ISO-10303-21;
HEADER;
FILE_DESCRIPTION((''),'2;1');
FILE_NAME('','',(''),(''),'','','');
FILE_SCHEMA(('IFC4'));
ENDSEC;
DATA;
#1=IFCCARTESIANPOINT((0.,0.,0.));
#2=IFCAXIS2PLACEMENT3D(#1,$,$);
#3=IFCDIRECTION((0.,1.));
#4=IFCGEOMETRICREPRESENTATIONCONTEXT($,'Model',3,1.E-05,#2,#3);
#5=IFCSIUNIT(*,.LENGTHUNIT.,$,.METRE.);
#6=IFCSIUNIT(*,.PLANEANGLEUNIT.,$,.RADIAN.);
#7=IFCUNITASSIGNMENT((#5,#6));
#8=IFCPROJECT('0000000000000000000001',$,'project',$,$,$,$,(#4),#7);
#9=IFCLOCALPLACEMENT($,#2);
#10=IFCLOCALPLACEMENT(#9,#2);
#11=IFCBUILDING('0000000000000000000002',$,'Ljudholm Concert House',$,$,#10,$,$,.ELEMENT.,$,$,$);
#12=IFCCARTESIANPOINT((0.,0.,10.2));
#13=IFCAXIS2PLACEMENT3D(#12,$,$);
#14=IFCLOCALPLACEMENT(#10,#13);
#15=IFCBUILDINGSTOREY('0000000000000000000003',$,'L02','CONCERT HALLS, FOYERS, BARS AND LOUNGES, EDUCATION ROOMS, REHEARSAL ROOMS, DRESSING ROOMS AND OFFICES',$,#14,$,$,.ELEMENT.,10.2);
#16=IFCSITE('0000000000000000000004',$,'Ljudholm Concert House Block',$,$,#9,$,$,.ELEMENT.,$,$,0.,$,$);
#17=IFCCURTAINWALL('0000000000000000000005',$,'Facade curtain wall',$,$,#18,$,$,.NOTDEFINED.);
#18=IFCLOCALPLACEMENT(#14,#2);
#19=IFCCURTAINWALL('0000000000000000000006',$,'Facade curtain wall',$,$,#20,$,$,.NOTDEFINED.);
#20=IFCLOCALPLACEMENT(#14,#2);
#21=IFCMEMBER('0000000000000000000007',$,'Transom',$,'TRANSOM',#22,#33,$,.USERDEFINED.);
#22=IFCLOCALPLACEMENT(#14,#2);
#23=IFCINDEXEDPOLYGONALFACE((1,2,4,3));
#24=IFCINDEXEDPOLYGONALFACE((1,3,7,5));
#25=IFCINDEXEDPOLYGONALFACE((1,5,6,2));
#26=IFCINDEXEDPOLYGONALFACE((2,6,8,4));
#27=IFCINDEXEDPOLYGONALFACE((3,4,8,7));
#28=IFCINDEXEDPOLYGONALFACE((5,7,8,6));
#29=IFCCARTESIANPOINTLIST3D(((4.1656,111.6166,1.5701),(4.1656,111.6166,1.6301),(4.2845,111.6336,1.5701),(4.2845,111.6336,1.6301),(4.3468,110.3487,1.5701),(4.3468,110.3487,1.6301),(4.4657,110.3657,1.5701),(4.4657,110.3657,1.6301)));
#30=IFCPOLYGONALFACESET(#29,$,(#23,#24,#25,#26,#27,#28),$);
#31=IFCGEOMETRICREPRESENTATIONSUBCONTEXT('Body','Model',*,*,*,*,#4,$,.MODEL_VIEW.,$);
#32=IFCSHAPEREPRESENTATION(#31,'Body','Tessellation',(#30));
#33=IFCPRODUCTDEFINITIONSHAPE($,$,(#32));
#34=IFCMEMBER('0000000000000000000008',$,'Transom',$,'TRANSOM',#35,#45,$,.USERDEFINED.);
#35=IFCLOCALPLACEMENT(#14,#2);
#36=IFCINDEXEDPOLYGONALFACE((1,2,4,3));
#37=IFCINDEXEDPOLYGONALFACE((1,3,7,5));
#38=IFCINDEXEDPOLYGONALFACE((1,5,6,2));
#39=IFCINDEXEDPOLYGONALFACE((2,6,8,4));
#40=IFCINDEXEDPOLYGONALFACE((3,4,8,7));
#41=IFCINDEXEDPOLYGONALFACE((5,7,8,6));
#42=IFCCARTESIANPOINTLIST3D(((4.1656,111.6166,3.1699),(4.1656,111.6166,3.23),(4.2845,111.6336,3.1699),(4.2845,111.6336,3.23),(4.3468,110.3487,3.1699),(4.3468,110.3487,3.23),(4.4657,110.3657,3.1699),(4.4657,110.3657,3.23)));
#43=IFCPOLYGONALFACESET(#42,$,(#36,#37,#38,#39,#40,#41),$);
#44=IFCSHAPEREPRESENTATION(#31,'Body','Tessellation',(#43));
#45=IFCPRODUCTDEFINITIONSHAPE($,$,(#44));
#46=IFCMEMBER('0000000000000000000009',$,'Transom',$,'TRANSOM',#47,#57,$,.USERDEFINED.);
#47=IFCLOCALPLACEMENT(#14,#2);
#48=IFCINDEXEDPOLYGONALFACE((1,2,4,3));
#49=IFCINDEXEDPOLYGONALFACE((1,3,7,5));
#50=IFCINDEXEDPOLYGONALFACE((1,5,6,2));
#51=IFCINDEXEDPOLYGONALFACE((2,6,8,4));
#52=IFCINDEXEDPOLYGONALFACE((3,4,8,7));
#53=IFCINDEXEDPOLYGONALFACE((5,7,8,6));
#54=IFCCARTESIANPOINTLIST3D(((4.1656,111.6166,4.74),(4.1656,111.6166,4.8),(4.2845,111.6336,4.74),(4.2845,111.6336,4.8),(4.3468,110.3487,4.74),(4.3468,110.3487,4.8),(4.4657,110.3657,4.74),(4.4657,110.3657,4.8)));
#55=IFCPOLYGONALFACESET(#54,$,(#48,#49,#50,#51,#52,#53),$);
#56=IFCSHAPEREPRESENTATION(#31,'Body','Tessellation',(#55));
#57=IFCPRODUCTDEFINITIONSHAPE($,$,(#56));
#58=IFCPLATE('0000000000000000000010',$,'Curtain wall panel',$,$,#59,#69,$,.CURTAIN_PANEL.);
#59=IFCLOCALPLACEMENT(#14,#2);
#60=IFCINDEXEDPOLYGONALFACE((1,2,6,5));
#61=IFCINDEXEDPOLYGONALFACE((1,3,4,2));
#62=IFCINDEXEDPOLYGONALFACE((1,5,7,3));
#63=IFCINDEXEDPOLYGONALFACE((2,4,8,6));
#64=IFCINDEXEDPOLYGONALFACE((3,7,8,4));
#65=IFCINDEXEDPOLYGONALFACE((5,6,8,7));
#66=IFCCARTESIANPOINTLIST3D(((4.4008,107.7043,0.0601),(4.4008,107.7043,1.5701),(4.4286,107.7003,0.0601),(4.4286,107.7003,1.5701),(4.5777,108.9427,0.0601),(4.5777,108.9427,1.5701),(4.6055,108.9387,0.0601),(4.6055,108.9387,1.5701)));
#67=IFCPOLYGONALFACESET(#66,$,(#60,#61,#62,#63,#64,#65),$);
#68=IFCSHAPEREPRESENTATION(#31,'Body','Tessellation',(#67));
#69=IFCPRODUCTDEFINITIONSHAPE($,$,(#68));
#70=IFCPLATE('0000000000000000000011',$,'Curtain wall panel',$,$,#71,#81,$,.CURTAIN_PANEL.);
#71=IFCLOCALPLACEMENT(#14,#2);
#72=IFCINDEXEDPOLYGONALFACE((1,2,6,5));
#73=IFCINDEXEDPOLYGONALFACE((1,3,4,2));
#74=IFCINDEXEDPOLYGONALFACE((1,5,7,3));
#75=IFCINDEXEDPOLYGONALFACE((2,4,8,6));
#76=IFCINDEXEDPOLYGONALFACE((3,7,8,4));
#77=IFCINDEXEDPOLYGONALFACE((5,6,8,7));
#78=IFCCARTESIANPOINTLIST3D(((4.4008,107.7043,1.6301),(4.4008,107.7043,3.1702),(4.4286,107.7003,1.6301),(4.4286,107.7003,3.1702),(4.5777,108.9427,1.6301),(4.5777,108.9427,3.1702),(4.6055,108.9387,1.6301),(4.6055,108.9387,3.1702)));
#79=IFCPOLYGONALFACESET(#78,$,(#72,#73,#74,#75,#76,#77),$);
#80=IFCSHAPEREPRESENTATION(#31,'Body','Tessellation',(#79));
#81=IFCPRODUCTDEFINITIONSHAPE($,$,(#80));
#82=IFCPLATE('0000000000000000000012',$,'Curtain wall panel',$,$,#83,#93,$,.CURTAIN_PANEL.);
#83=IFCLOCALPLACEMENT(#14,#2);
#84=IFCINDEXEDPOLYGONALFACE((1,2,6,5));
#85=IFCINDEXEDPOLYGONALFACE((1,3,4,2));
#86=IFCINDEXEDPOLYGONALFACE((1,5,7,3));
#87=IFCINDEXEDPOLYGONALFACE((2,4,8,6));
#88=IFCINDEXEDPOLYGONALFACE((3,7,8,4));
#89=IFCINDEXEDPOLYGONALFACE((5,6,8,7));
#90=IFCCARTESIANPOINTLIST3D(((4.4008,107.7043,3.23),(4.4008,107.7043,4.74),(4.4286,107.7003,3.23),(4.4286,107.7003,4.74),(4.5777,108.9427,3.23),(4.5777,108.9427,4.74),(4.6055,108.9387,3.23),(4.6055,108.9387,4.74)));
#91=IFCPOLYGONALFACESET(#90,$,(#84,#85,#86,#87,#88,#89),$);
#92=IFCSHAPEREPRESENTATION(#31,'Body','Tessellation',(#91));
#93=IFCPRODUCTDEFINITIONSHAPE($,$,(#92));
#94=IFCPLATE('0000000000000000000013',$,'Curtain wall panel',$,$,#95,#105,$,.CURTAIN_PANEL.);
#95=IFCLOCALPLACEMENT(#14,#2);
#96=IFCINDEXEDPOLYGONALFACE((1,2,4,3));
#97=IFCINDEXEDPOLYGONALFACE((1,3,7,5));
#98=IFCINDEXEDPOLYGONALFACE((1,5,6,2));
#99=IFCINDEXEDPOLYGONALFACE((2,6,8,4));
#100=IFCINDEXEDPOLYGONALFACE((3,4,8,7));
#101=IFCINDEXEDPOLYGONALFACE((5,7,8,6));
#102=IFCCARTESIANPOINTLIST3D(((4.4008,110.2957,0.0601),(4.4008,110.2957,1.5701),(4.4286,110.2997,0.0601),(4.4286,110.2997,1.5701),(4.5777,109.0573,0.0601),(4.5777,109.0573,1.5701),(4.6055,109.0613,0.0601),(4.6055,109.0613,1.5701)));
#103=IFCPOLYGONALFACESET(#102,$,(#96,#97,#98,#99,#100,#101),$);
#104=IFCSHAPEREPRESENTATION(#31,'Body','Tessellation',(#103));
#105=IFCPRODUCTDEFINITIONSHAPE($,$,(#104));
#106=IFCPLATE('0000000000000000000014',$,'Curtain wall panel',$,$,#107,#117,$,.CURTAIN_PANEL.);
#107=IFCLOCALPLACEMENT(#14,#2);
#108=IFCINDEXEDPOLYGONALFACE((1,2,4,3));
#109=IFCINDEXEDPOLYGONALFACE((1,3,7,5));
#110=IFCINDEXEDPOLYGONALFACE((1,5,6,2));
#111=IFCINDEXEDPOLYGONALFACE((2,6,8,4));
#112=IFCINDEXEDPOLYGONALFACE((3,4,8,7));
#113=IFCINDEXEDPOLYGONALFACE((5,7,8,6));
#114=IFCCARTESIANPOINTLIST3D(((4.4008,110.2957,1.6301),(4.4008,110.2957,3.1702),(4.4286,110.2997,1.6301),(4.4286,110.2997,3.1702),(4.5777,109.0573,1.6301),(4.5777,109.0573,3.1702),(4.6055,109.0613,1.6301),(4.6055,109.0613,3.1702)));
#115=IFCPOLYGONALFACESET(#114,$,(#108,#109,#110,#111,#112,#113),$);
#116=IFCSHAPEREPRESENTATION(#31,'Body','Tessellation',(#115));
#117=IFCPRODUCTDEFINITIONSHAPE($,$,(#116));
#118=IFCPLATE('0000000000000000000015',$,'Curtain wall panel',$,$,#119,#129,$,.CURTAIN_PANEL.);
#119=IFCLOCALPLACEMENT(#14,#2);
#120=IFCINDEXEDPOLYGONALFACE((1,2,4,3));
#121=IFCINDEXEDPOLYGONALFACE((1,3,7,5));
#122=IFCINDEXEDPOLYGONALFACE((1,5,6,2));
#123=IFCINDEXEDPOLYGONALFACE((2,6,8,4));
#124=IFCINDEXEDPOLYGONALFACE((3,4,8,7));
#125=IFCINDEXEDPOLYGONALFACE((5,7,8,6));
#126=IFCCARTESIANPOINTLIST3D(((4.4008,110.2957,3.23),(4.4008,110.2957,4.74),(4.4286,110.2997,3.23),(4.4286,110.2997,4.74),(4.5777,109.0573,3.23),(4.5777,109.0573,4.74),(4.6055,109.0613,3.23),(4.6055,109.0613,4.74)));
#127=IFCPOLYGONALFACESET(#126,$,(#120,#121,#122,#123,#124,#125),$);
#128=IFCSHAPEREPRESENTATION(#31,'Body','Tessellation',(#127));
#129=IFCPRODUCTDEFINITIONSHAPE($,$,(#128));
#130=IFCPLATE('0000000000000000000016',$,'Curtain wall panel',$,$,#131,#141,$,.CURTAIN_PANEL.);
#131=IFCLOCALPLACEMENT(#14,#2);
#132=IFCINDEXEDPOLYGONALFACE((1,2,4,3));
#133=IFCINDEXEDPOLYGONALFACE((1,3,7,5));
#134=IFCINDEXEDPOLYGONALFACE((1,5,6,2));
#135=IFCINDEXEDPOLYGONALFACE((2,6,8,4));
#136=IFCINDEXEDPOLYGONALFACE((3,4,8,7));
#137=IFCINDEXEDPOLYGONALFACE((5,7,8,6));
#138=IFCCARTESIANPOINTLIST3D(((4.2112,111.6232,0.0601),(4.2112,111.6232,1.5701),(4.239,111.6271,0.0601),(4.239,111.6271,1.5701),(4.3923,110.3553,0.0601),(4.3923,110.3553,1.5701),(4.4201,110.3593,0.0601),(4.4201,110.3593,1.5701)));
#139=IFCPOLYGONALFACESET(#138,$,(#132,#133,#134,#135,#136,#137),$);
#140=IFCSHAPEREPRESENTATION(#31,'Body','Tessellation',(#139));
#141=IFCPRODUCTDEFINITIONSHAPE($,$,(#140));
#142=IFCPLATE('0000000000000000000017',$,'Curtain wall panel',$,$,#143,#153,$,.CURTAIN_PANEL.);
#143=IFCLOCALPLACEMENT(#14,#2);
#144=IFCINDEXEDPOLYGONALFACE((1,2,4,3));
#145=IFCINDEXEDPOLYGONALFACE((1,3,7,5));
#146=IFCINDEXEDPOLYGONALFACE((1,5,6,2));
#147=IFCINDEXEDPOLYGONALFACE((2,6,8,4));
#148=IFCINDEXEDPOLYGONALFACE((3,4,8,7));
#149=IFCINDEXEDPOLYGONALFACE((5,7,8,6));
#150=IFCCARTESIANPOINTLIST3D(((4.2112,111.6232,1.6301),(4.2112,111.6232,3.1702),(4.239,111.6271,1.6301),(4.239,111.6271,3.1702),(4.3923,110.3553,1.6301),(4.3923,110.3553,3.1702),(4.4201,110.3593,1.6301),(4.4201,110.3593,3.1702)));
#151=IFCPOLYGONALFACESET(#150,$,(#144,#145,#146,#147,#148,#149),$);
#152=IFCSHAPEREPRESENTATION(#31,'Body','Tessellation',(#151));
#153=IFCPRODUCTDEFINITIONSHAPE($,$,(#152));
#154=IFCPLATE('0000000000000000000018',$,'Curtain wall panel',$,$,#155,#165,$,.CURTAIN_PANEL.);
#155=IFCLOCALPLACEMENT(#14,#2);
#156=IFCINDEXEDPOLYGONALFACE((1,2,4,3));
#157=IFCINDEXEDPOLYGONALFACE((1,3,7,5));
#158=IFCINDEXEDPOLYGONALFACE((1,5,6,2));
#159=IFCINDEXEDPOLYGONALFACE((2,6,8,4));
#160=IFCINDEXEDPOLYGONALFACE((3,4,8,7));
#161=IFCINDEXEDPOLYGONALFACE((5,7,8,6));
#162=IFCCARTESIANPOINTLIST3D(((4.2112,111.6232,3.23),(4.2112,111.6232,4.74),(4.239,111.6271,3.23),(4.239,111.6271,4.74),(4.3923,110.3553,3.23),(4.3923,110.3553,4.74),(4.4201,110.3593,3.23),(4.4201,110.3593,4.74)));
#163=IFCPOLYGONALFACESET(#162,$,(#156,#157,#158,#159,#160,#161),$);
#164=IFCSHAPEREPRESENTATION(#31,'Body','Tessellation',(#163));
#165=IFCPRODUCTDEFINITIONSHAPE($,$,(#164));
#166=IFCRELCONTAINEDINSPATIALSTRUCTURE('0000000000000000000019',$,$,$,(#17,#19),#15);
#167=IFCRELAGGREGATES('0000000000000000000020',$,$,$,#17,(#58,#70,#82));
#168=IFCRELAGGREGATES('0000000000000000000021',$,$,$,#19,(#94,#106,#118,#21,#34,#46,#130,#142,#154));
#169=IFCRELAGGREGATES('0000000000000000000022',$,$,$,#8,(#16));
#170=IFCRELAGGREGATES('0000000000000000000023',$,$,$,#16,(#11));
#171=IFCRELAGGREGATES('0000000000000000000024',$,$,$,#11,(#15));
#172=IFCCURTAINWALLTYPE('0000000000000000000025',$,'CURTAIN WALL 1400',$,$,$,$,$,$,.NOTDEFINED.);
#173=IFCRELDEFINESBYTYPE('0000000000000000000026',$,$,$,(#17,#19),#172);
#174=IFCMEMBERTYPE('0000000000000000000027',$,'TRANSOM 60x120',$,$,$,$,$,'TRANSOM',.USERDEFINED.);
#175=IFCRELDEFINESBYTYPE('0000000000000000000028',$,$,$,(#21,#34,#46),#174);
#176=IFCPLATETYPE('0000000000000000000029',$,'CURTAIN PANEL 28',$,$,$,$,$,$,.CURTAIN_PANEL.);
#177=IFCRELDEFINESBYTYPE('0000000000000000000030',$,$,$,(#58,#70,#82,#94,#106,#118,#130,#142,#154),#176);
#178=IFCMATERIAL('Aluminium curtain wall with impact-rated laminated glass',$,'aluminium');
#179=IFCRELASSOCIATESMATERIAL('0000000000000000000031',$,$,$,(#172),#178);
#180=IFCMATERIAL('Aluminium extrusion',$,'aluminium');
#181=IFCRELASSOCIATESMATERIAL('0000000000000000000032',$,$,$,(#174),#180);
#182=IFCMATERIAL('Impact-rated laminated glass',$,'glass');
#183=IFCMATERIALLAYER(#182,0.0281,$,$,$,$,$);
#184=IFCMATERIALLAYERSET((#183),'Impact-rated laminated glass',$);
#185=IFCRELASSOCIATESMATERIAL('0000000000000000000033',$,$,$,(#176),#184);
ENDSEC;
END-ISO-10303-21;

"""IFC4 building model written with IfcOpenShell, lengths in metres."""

from ifc_helpers import new_model, si_unit, direction, frame, origin, origin_2d, place, context, subcontext, project, spatial, rectangle, extrude, material, layer, layer_set, material_profile, profile_set, type_object, element, aggregate, save


model = new_model("IFC4")

# Units and contexts
model_context = context("Model", 3, precision=1e-05, world=origin(), true_north=direction((0.0, 1.0)))
body_context = subcontext(model_context, "Body", "Model", "MODEL_VIEW")
ifc_project = project(units=[si_unit("LENGTHUNIT", "METRE"), si_unit("PLANEANGLEUNIT", "RADIAN")], contexts=[model_context])

# Site, building, storey
site_placement = place(None, origin())
site = spatial("IfcSite", under=ifc_project, at=site_placement, Name="Ljudholm Concert House Block", CompositionType="ELEMENT", RefElevation=0.0)
building_placement = place(site_placement, origin())
building = spatial("IfcBuilding", under=site, at=building_placement, Name="Ljudholm Concert House", CompositionType="ELEMENT")
storey_placement = place(building_placement, frame((0.0, 0.0, 10.2)))
storey = spatial("IfcBuildingStorey", under=building, at=storey_placement, Name="L02", Description="CONCERT HALLS, FOYERS, BARS AND LOUNGES, EDUCATION ROOMS, REHEARSAL ROOMS, DRESSING ROOMS AND OFFICES", CompositionType="ELEMENT", Elevation=10.2)

# Curtain wall
ifc_material_1 = material(Name="Aluminium curtain wall with impact-rated laminated glass", Category="aluminium")
curtain_wall_type = type_object("IfcCurtainWallType", Name="CURTAIN WALL 1400", PredefinedType="NOTDEFINED", material=ifc_material_1)
curtain_wall_1_placement = place(storey_placement, origin())
curtain_wall_1 = element("IfcCurtainWall", 1, at=curtain_wall_1_placement, inside=storey, type_object=curtain_wall_type, Name="Facade curtain wall", PredefinedType="NOTDEFINED")

# Curtain wall
curtain_wall_2_placement = place(storey_placement, origin())
curtain_wall_2 = element("IfcCurtainWall", 2, at=curtain_wall_2_placement, inside=storey, type_object=curtain_wall_type, Name="Facade curtain wall", PredefinedType="NOTDEFINED")

# Shared definitions
ifc_material_2 = material(Name="Aluminium extrusion", Category="aluminium")
ifc_material_profile_1 = material_profile(ifc_material_2, rectangle(XDim=0.1201, YDim=0.0601, at=origin_2d()), Name="TRANSOM 60x120")
ifc_profile_set_1 = profile_set([ifc_material_profile_1], Name="Aluminium extrusion")
member_type_1 = type_object("IfcMemberType", Name="TRANSOM 60x120", ElementType="TRANSOM", PredefinedType="USERDEFINED", material=ifc_profile_set_1)

# Members
member_1_placement = place(storey_placement, frame((4.4062, 110.3572, 1.6001), z_axis=(-0.141448, 0.989946, 0.0), x_axis=(-0.989946, -0.141448, 0.0)))
member_1 = element("IfcMember", 3, at=member_1_placement, type_object=member_type_1, Name="Transom", ObjectType="TRANSOM", PredefinedType="USERDEFINED", context=body_context, shape_type="SweptSolid", body=[
    extrude(rectangle(XDim=0.1201, YDim=0.0601, at=origin_2d()), origin(), (0.0, 0.0, 1.0), 1.2808),
])
member_2_placement = place(storey_placement, frame((4.4062, 110.3572, 3.2), z_axis=(-0.141448, 0.989946, 0.0), x_axis=(-0.989946, -0.141448, 0.0)))
member_2 = element("IfcMember", 4, at=member_2_placement, type_object=member_type_1, Name="Transom", ObjectType="TRANSOM", PredefinedType="USERDEFINED", context=body_context, shape_type="SweptSolid", body=[
    extrude(rectangle(XDim=0.1201, YDim=0.0601, at=origin_2d()), origin(), (0.0, 0.0, 1.0), 1.2808),
])
member_3_placement = place(storey_placement, frame((4.4062, 110.3572, 4.77), z_axis=(-0.141448, 0.989946, 0.0), x_axis=(-0.989946, -0.141448, 0.0)))
member_3 = element("IfcMember", 5, at=member_3_placement, type_object=member_type_1, Name="Transom", ObjectType="TRANSOM", PredefinedType="USERDEFINED", context=body_context, shape_type="SweptSolid", body=[
    extrude(rectangle(XDim=0.1201, YDim=0.0601, at=origin_2d()), origin(), (0.0, 0.0, 1.0), 1.2808),
])

# Plates
ifc_material_3 = material(Name="Impact-rated laminated glass", Category="glass")
ifc_layer = layer(ifc_material_3, 0.0281)
ifc_layer_set = layer_set([ifc_layer], Name="Impact-rated laminated glass")
plate_type = type_object("IfcPlateType", Name="CURTAIN PANEL 28", PredefinedType="CURTAIN_PANEL", material=ifc_layer_set)
plate_1_placement = place(storey_placement, frame((4.5032, 108.3215, 0.0601), z_axis=(0.0, 0.0, 1.0), x_axis=(0.141421, 0.989949, 0.0)))
plate_1 = element("IfcPlate", 6, at=plate_1_placement, type_object=plate_type, Name="Curtain wall panel", PredefinedType="CURTAIN_PANEL", context=body_context, shape_type="SweptSolid", body=[
    extrude(rectangle(XDim=1.251, YDim=0.0281, at=origin_2d()), origin(), (0.0, 0.0, 1.0), 1.51),
])
plate_2_placement = place(storey_placement, frame((4.5032, 108.3215, 1.6301), z_axis=(0.0, 0.0, 1.0), x_axis=(0.141421, 0.989949, 0.0)))
plate_2 = element("IfcPlate", 7, at=plate_2_placement, type_object=plate_type, Name="Curtain wall panel", PredefinedType="CURTAIN_PANEL", context=body_context, shape_type="SweptSolid", body=[
    extrude(rectangle(XDim=1.251, YDim=0.0281, at=origin_2d()), origin(), (0.0, 0.0, 1.0), 1.54),
])
plate_3_placement = place(storey_placement, frame((4.5032, 108.3215, 3.23), z_axis=(0.0, 0.0, 1.0), x_axis=(0.141421, 0.989949, 0.0)))
plate_3 = element("IfcPlate", 8, at=plate_3_placement, type_object=plate_type, Name="Curtain wall panel", PredefinedType="CURTAIN_PANEL", context=body_context, shape_type="SweptSolid", body=[
    extrude(rectangle(XDim=1.251, YDim=0.0281, at=origin_2d()), origin(), (0.0, 0.0, 1.0), 1.51),
])
aggregate(curtain_wall_1, [plate_1, plate_2, plate_3])
plate_4_placement = place(storey_placement, frame((4.5032, 109.6785, 0.0601), z_axis=(0.0, 0.0, 1.0), x_axis=(-0.141421, 0.989949, 0.0)))
plate_4 = element("IfcPlate", 9, at=plate_4_placement, type_object=plate_type, Name="Curtain wall panel", PredefinedType="CURTAIN_PANEL", context=body_context, shape_type="SweptSolid", body=[
    extrude(rectangle(XDim=1.251, YDim=0.0281, at=origin_2d()), origin(), (0.0, 0.0, 1.0), 1.51),
])
plate_5_placement = place(storey_placement, frame((4.5032, 109.6785, 1.6301), z_axis=(0.0, 0.0, 1.0), x_axis=(-0.141421, 0.989949, 0.0)))
plate_5 = element("IfcPlate", 10, at=plate_5_placement, type_object=plate_type, Name="Curtain wall panel", PredefinedType="CURTAIN_PANEL", context=body_context, shape_type="SweptSolid", body=[
    extrude(rectangle(XDim=1.251, YDim=0.0281, at=origin_2d()), origin(), (0.0, 0.0, 1.0), 1.54),
])
plate_6_placement = place(storey_placement, frame((4.5032, 109.6785, 3.23), z_axis=(0.0, 0.0, 1.0), x_axis=(-0.141421, 0.989949, 0.0)))
plate_6 = element("IfcPlate", 11, at=plate_6_placement, type_object=plate_type, Name="Curtain wall panel", PredefinedType="CURTAIN_PANEL", context=body_context, shape_type="SweptSolid", body=[
    extrude(rectangle(XDim=1.251, YDim=0.0281, at=origin_2d()), origin(), (0.0, 0.0, 1.0), 1.51),
])
plate_7_placement = place(storey_placement, frame((4.3157, 110.9912, 0.0601), z_axis=(0.0, 0.0, 1.0), x_axis=(-0.141421, 0.989949, 0.0)))
plate_7 = element("IfcPlate", 12, at=plate_7_placement, type_object=plate_type, Name="Curtain wall panel", PredefinedType="CURTAIN_PANEL", context=body_context, shape_type="SweptSolid", body=[
    extrude(rectangle(XDim=1.2808, YDim=0.0281, at=origin_2d()), origin(), (0.0, 0.0, 1.0), 1.51),
])
plate_8_placement = place(storey_placement, frame((4.3157, 110.9912, 1.6301), z_axis=(0.0, 0.0, 1.0), x_axis=(-0.141421, 0.989949, 0.0)))
plate_8 = element("IfcPlate", 13, at=plate_8_placement, type_object=plate_type, Name="Curtain wall panel", PredefinedType="CURTAIN_PANEL", context=body_context, shape_type="SweptSolid", body=[
    extrude(rectangle(XDim=1.2808, YDim=0.0281, at=origin_2d()), origin(), (0.0, 0.0, 1.0), 1.54),
])
plate_9_placement = place(storey_placement, frame((4.3157, 110.9912, 3.23), z_axis=(0.0, 0.0, 1.0), x_axis=(-0.141421, 0.989949, 0.0)))
plate_9 = element("IfcPlate", 14, at=plate_9_placement, type_object=plate_type, Name="Curtain wall panel", PredefinedType="CURTAIN_PANEL", context=body_context, shape_type="SweptSolid", body=[
    extrude(rectangle(XDim=1.2808, YDim=0.0281, at=origin_2d()), origin(), (0.0, 0.0, 1.0), 1.51),
])
aggregate(curtain_wall_2, [plate_4, plate_5, plate_6, member_1, member_2, member_3, plate_7, plate_8, plate_9])

save(model, "model.ifc")
